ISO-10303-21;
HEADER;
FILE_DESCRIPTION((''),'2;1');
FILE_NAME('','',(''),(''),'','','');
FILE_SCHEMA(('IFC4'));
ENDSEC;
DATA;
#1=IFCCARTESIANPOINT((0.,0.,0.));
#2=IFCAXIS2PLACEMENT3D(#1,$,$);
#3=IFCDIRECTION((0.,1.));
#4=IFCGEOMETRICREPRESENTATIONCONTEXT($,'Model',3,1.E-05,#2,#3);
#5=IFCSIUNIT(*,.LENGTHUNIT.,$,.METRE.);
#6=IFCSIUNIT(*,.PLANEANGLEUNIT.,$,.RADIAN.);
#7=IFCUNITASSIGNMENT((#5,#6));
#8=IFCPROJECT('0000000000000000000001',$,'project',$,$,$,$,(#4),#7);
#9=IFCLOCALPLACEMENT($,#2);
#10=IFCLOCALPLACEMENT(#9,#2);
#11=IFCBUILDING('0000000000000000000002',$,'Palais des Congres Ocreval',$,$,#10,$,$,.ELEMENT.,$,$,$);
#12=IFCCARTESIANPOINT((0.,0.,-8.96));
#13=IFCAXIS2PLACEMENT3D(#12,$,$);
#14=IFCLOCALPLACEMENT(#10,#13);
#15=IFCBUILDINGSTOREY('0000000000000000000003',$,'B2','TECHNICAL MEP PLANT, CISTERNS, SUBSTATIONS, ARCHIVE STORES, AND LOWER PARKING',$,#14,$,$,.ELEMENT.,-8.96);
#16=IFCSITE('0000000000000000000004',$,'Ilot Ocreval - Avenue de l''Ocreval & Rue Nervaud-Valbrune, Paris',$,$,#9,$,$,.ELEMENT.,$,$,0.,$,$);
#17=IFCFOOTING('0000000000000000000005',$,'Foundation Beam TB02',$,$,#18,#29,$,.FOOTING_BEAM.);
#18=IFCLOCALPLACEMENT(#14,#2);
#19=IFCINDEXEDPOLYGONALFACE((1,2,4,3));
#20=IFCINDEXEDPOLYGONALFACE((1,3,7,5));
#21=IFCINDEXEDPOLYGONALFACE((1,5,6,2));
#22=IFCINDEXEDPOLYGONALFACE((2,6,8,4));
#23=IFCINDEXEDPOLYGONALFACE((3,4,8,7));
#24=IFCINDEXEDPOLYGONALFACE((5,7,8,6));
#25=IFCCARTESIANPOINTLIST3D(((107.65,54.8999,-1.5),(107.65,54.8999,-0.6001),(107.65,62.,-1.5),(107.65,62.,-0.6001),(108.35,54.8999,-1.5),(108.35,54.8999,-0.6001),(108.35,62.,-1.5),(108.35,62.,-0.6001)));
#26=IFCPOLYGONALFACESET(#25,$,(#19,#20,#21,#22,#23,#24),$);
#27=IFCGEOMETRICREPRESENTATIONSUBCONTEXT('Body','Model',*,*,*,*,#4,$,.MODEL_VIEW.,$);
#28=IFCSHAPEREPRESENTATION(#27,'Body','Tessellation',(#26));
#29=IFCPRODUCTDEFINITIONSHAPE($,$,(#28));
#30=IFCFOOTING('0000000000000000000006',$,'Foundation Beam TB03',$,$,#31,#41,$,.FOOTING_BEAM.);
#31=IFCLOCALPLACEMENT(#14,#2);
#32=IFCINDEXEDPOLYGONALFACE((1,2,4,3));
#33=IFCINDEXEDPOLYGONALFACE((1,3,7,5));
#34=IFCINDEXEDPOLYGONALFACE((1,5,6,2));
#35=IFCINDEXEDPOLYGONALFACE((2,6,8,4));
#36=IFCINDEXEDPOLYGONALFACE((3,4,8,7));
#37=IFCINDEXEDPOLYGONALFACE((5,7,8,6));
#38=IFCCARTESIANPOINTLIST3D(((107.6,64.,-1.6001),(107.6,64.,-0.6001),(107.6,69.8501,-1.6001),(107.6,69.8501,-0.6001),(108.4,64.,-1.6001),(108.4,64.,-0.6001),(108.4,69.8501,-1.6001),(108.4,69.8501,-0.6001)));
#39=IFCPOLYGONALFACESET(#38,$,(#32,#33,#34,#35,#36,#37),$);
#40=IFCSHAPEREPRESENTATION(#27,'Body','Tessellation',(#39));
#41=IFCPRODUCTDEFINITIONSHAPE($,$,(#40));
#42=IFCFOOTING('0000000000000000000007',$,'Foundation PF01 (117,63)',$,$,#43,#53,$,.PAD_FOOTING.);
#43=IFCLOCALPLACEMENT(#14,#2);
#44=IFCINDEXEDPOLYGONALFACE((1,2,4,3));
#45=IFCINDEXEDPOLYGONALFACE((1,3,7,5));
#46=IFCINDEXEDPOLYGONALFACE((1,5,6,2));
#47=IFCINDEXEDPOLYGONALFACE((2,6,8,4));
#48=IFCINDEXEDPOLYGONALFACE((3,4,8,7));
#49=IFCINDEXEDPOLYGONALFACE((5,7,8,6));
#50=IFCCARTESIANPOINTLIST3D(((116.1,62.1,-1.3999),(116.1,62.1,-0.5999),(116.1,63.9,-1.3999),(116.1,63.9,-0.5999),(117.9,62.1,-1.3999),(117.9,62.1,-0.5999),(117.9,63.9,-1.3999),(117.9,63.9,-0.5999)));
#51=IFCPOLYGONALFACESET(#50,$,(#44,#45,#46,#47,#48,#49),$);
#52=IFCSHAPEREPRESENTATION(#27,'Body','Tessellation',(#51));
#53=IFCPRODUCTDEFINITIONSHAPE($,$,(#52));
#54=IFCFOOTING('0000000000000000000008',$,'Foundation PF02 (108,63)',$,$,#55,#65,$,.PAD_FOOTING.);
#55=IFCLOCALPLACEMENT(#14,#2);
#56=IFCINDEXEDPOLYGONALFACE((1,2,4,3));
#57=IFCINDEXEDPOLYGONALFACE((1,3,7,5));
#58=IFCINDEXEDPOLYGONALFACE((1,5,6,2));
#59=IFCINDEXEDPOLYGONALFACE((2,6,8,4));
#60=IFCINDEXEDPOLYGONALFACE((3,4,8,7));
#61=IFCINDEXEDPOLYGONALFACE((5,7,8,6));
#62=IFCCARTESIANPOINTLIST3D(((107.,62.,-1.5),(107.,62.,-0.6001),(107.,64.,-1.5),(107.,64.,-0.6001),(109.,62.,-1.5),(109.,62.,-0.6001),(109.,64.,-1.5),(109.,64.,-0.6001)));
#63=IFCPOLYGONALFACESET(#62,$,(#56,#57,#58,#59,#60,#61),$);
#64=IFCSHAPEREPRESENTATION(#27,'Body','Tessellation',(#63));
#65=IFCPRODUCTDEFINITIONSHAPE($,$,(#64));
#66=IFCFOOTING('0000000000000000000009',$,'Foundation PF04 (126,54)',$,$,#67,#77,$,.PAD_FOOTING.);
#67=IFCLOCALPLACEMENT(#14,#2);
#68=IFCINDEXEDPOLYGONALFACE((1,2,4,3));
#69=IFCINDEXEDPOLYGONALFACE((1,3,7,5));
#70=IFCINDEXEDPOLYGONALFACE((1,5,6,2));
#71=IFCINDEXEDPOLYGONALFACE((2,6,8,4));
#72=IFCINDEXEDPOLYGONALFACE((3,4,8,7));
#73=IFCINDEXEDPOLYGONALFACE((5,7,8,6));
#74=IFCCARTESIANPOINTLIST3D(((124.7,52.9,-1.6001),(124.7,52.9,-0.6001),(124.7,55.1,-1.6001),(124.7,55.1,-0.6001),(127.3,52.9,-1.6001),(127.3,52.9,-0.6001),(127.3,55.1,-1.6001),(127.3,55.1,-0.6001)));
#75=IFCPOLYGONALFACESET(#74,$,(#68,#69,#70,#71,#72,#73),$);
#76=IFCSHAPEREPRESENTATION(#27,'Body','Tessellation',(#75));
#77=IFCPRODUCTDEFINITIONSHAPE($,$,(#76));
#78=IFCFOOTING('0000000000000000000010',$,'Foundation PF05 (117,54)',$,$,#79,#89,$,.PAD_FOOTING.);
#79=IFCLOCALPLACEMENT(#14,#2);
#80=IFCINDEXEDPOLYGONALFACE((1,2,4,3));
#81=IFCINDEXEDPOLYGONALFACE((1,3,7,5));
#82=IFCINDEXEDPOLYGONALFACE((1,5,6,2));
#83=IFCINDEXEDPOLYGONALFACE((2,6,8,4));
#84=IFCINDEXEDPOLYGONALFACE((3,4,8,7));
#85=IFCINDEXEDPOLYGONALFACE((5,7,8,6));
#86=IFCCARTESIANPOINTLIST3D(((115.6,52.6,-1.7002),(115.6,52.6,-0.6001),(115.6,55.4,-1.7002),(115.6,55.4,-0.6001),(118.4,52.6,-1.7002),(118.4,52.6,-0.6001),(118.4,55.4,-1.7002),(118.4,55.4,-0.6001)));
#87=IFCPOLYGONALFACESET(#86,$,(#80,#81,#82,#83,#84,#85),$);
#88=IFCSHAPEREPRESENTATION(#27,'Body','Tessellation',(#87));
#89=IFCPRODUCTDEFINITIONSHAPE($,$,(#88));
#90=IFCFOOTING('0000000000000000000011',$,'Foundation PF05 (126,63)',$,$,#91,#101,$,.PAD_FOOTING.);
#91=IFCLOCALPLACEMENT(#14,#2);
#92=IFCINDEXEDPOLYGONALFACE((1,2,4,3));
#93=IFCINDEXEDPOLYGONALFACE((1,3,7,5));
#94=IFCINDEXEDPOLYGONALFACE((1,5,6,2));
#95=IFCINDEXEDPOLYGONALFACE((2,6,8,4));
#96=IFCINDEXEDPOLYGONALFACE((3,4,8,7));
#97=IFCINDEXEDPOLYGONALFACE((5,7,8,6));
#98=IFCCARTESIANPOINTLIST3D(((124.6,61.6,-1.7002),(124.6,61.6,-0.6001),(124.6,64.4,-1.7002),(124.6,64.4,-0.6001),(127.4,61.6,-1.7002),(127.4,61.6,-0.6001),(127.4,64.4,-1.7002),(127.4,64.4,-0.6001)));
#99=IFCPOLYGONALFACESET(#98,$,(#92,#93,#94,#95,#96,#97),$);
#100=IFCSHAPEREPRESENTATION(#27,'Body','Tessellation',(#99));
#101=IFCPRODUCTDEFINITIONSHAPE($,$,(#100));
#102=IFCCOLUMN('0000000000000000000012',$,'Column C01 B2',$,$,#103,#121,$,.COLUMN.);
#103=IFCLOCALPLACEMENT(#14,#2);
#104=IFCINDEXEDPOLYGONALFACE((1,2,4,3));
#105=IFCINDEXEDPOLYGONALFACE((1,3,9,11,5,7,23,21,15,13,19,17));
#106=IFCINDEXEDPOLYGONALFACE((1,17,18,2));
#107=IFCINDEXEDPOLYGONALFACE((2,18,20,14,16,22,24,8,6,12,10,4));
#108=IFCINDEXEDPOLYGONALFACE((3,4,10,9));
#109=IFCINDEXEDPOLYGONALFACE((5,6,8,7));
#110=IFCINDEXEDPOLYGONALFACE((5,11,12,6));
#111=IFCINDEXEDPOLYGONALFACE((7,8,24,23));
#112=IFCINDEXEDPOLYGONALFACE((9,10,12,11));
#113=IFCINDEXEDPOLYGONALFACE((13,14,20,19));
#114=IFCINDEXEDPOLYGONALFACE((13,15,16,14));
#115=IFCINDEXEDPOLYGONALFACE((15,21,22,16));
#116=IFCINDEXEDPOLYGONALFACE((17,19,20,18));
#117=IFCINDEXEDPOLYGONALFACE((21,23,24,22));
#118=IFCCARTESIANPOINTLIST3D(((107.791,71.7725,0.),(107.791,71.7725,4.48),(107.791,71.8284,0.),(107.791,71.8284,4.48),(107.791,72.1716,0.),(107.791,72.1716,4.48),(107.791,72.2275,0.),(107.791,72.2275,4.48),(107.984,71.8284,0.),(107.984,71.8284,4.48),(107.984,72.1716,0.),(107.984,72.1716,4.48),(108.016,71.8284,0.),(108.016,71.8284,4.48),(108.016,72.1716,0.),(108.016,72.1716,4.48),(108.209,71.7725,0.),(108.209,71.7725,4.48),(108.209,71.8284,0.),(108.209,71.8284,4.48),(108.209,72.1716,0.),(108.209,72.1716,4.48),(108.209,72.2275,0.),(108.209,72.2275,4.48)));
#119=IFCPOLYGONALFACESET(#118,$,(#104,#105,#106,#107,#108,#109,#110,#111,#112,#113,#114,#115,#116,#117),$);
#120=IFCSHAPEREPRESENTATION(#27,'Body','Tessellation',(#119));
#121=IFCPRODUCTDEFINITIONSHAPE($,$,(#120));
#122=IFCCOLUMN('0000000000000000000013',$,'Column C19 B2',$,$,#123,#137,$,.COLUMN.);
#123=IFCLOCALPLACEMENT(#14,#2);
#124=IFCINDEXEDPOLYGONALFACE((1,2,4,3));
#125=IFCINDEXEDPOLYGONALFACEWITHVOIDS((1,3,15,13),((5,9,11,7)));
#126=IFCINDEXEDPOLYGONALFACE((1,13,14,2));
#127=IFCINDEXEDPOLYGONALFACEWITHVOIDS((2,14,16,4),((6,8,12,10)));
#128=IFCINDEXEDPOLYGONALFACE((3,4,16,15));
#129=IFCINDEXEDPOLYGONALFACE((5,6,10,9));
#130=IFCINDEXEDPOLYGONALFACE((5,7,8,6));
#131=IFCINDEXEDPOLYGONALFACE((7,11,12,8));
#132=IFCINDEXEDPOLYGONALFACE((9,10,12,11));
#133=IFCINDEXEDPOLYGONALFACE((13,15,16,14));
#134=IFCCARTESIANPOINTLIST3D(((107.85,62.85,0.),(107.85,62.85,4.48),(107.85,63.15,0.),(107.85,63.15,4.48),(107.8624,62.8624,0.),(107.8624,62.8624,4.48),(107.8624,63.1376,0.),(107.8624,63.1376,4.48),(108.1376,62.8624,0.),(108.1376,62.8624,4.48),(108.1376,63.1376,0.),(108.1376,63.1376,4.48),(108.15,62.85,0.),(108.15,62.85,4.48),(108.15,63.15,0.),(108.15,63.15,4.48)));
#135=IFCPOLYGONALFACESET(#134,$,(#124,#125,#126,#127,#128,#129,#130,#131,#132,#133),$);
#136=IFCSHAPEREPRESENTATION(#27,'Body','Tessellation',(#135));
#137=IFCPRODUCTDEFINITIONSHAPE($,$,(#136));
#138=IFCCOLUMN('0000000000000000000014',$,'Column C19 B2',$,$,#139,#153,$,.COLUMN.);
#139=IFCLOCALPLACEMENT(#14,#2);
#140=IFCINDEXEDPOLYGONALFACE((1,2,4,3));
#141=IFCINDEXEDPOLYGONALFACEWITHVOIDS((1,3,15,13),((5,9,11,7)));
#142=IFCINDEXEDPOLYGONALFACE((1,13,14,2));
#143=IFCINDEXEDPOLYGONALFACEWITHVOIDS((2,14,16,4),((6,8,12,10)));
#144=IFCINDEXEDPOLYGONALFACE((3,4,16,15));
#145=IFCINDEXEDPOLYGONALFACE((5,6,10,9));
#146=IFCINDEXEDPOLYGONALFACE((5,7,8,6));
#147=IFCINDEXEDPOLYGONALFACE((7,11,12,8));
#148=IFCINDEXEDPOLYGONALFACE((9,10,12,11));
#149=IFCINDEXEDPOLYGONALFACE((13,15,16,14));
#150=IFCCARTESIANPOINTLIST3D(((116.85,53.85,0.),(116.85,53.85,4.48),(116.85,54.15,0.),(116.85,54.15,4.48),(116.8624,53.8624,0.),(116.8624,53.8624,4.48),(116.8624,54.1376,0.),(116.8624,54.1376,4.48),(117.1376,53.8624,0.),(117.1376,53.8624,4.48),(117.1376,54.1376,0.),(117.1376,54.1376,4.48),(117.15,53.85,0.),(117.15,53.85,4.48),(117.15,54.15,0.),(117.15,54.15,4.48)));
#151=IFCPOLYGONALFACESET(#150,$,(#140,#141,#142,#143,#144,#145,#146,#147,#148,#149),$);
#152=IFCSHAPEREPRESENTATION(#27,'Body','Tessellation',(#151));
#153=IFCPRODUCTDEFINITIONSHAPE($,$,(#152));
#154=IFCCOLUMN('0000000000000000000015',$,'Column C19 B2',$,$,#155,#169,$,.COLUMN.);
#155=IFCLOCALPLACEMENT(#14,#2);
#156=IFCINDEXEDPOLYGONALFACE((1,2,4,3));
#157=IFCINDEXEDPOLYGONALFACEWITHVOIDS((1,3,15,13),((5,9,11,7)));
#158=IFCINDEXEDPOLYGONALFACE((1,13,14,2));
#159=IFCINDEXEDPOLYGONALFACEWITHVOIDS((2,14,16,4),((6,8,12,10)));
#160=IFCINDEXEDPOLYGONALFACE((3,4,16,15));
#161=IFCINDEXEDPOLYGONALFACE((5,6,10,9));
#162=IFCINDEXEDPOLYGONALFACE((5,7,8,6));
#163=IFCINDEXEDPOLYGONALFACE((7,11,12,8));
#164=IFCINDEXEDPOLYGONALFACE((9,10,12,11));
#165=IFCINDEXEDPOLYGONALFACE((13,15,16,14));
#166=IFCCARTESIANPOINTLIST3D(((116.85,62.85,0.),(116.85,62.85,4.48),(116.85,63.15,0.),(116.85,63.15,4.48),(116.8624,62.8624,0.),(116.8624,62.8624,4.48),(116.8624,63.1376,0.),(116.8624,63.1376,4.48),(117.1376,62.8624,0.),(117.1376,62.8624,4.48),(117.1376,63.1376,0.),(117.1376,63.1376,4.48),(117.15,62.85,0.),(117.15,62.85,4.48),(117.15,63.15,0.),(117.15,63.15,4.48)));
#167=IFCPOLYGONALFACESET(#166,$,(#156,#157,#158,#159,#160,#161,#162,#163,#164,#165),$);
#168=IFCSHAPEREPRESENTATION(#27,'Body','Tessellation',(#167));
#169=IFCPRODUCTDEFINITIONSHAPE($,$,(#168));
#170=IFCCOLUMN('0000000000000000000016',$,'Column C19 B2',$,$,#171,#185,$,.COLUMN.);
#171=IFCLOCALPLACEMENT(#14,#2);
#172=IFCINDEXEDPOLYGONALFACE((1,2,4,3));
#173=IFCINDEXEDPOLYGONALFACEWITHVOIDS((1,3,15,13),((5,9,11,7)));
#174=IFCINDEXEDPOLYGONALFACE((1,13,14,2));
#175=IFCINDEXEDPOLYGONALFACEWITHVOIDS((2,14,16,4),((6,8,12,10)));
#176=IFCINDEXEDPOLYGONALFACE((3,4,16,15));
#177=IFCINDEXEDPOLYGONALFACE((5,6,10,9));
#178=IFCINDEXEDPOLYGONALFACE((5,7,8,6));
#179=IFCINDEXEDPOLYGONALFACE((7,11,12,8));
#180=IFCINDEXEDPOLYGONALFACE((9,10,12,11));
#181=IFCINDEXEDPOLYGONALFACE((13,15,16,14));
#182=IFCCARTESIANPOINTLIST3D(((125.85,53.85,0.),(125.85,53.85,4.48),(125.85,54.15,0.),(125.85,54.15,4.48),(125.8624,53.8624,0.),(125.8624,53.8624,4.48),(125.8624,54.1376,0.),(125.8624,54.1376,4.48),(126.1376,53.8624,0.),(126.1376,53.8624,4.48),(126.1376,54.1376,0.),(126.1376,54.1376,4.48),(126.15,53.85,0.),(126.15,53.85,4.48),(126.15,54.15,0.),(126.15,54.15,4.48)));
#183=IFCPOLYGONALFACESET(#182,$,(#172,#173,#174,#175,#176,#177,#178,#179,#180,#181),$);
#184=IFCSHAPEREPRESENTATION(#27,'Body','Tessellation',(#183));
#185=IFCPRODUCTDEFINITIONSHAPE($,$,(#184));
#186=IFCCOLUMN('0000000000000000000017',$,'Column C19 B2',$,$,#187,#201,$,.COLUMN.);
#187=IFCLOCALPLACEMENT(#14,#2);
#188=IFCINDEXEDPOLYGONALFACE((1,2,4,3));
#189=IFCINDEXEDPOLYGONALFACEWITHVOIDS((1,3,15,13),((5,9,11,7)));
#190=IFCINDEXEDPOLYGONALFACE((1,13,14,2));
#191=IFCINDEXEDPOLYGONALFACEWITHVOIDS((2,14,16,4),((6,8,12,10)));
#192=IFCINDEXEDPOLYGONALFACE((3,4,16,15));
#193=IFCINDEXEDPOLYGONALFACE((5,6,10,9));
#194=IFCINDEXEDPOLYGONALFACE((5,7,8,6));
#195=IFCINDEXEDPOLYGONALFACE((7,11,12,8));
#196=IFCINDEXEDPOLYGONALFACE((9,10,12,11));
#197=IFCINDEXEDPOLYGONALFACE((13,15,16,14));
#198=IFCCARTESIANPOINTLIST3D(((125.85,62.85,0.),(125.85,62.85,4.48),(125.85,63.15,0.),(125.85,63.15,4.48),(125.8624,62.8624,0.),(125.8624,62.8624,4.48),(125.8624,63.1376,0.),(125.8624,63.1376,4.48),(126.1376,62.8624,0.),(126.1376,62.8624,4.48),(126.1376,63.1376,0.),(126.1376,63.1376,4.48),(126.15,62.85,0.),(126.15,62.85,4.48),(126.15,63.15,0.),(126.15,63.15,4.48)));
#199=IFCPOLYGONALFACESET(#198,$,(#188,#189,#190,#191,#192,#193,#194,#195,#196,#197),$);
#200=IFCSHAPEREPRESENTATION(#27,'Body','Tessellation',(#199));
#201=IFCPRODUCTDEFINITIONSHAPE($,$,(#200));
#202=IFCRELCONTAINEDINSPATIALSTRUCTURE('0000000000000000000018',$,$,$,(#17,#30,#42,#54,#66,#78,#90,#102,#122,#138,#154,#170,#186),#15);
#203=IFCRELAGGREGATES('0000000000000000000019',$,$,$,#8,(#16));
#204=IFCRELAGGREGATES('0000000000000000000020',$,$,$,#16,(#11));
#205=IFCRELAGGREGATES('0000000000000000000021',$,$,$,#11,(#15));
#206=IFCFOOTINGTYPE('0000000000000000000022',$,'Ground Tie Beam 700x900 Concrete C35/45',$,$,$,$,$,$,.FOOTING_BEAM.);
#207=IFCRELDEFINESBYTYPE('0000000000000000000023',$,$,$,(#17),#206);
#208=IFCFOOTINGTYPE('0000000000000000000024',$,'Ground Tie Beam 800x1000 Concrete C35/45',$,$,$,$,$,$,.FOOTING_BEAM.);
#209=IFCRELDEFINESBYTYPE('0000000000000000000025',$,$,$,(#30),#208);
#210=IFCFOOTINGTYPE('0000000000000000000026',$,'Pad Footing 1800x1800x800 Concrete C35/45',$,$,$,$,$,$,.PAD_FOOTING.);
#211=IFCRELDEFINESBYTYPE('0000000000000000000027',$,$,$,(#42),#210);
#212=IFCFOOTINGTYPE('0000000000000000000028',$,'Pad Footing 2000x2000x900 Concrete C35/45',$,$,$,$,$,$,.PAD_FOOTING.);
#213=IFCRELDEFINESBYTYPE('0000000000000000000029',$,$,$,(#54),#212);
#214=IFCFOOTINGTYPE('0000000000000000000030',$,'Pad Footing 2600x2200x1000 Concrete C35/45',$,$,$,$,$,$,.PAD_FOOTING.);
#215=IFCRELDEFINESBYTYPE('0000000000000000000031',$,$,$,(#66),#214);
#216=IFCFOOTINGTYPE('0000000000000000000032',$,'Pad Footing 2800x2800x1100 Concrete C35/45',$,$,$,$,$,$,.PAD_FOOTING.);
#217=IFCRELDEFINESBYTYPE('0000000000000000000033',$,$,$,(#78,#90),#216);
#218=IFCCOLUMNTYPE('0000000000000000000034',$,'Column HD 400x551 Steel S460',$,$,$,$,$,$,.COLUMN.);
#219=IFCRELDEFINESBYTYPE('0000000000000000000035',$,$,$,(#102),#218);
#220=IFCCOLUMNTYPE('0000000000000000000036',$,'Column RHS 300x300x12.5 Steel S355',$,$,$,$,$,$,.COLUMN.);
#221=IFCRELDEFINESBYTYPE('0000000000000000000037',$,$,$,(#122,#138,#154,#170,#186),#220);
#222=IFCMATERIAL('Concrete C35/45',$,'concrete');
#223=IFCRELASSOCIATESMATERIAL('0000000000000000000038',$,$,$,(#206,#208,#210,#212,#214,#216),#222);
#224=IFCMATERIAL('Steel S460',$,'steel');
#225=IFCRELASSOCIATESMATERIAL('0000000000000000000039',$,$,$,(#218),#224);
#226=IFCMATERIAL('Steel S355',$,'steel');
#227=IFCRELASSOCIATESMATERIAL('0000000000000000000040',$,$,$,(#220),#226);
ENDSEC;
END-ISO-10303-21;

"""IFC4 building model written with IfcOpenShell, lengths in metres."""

from ifc_helpers import new_model, si_unit, direction, frame, origin, origin_2d, place, context, subcontext, project, spatial, rectangle, hollow_rectangle, i_section, extrude, material, material_profile, profile_set, type_object, element, save


model = new_model("IFC4")

# Units and contexts
model_context = context("Model", 3, precision=1e-05, world=origin(), true_north=direction((0.0, 1.0)))
body_context = subcontext(model_context, "Body", "Model", "MODEL_VIEW")
ifc_project = project(units=[si_unit("LENGTHUNIT", "METRE"), si_unit("PLANEANGLEUNIT", "RADIAN")], contexts=[model_context])

# Site, building, storey
site_placement = place(None, origin())
site = spatial("IfcSite", under=ifc_project, at=site_placement, Name="Ilot Ocreval - Avenue de l'Ocreval & Rue Nervaud-Valbrune, Paris", CompositionType="ELEMENT", RefElevation=0.0)
building_placement = place(site_placement, origin())
building = spatial("IfcBuilding", under=site, at=building_placement, Name="Palais des Congres Ocreval", CompositionType="ELEMENT")
storey_placement = place(building_placement, frame((0.0, 0.0, -8.96)))
storey = spatial("IfcBuildingStorey", under=building, at=storey_placement, Name="B2", Description="TECHNICAL MEP PLANT, CISTERNS, SUBSTATIONS, ARCHIVE STORES, AND LOWER PARKING", CompositionType="ELEMENT", Elevation=-8.96)

# Footings
ifc_material_1 = material(Name="Concrete C35/45", Category="concrete")
footing_type_1 = type_object("IfcFootingType", Name="Ground Tie Beam 700x900 Concrete C35/45", PredefinedType="FOOTING_BEAM", material=ifc_material_1)
footing_1_placement = place(storey_placement, frame((108.0, 58.45, -1.5), z_axis=(0.0, 0.0, 1.0), x_axis=(0.0, 1.0, 0.0)))
element("IfcFooting", 1, at=footing_1_placement, inside=storey, type_object=footing_type_1, Name="Foundation Beam TB02", PredefinedType="FOOTING_BEAM", context=body_context, shape_type="SweptSolid", body=[
    extrude(rectangle(XDim=7.1001, YDim=0.7, at=origin_2d()), origin(), (0.0, 0.0, 1.0), 0.8999),
])
footing_type_2 = type_object("IfcFootingType", Name="Ground Tie Beam 800x1000 Concrete C35/45", PredefinedType="FOOTING_BEAM", material=ifc_material_1)
footing_2_placement = place(storey_placement, frame((108.0, 66.925, -1.6001), z_axis=(0.0, 0.0, 1.0), x_axis=(0.0, 1.0, 0.0)))
element("IfcFooting", 2, at=footing_2_placement, inside=storey, type_object=footing_type_2, Name="Foundation Beam TB03", PredefinedType="FOOTING_BEAM", context=body_context, shape_type="SweptSolid", body=[
    extrude(rectangle(XDim=5.8501, YDim=0.8, at=origin_2d()), origin(), (0.0, 0.0, 1.0), 1.0),
])
footing_type_3 = type_object("IfcFootingType", Name="Pad Footing 1800x1800x800 Concrete C35/45", PredefinedType="PAD_FOOTING", material=ifc_material_1)
footing_3_placement = place(storey_placement, frame((117.0, 63.0, -1.3999), z_axis=(0.0, 0.0, 1.0), x_axis=(1.0, 0.0, 0.0)))
element("IfcFooting", 3, at=footing_3_placement, inside=storey, type_object=footing_type_3, Name="Foundation PF01 (117,63)", PredefinedType="PAD_FOOTING", context=body_context, shape_type="SweptSolid", body=[
    extrude(rectangle(XDim=1.8, YDim=1.8, at=origin_2d()), origin(), (0.0, 0.0, 1.0), 0.8),
])
footing_type_4 = type_object("IfcFootingType", Name="Pad Footing 2000x2000x900 Concrete C35/45", PredefinedType="PAD_FOOTING", material=ifc_material_1)
footing_4_placement = place(storey_placement, frame((108.0, 63.0, -1.5), z_axis=(0.0, 0.0, 1.0), x_axis=(1.0, 0.0, 0.0)))
element("IfcFooting", 4, at=footing_4_placement, inside=storey, type_object=footing_type_4, Name="Foundation PF02 (108,63)", PredefinedType="PAD_FOOTING", context=body_context, shape_type="SweptSolid", body=[
    extrude(rectangle(XDim=2.0, YDim=2.0, at=origin_2d()), origin(), (0.0, 0.0, 1.0), 0.8999),
])
footing_type_5 = type_object("IfcFootingType", Name="Pad Footing 2600x2200x1000 Concrete C35/45", PredefinedType="PAD_FOOTING", material=ifc_material_1)
footing_5_placement = place(storey_placement, frame((126.0, 54.0, -1.6001), z_axis=(0.0, 0.0, 1.0), x_axis=(1.0, 0.0, 0.0)))
element("IfcFooting", 5, at=footing_5_placement, inside=storey, type_object=footing_type_5, Name="Foundation PF04 (126,54)", PredefinedType="PAD_FOOTING", context=body_context, shape_type="SweptSolid", body=[
    extrude(rectangle(XDim=2.6001, YDim=2.2, at=origin_2d()), origin(), (0.0, 0.0, 1.0), 1.0),
])
footing_type_6 = type_object("IfcFootingType", Name="Pad Footing 2800x2800x1100 Concrete C35/45", PredefinedType="PAD_FOOTING", material=ifc_material_1)
for number, where, z_axis, x_axis, name in (
    (6, (117.0, 54.0, -1.7002), (0.0, 0.0, 1.0), (1.0, 0.0, 0.0), "Foundation PF05 (117,54)"),
    (7, (126.0, 63.0, -1.7002), (0.0, 0.0, 1.0), (1.0, 0.0, 0.0), "Foundation PF05 (126,63)"),
):
    element("IfcFooting", number, at=place(storey_placement, frame(where, z_axis=z_axis, x_axis=x_axis)), inside=storey, type_object=footing_type_6, Name=name, PredefinedType="PAD_FOOTING", context=body_context, shape_type="SweptSolid", body=[
        extrude(rectangle(XDim=2.8, YDim=2.8, at=origin_2d()), origin(), (0.0, 0.0, 1.0), 1.1001),
    ])

# Columns
ifc_material_2 = material(Name="Steel S460", Category="steel")
ifc_material_profile_1 = material_profile(ifc_material_2, i_section(OverallWidth=0.418, OverallDepth=0.4551, WebThickness=0.032, FlangeThickness=0.0559, at=origin_2d()), Name="HD 400x551")
ifc_profile_set_1 = profile_set([ifc_material_profile_1], Name="Steel S460")
column_type_1 = type_object("IfcColumnType", Name="Column HD 400x551 Steel S460", PredefinedType="COLUMN", material=ifc_profile_set_1)
column_placement = place(storey_placement, frame((108.0, 72.0, 0.0), z_axis=(0.0, 0.0, 1.0), x_axis=(1.0, 0.0, 0.0)))
element("IfcColumn", 8, at=column_placement, inside=storey, type_object=column_type_1, Name="Column C01 B2", PredefinedType="COLUMN", context=body_context, shape_type="SweptSolid", body=[
    extrude(i_section(OverallWidth=0.418, OverallDepth=0.4551, WebThickness=0.032, FlangeThickness=0.0559, at=origin_2d()), origin(), (0.0, 0.0, 1.0), 4.48),
])
ifc_material_3 = material(Name="Steel S355", Category="steel")
ifc_material_profile_2 = material_profile(ifc_material_3, hollow_rectangle(XDim=0.3, YDim=0.3, WallThickness=0.0125, at=origin_2d()), Name="RHS 300x300x12.5")
ifc_profile_set_2 = profile_set([ifc_material_profile_2], Name="Steel S355")
column_type_2 = type_object("IfcColumnType", Name="Column RHS 300x300x12.5 Steel S355", PredefinedType="COLUMN", material=ifc_profile_set_2)
for number, where, z_axis, x_axis, name in (
    (9, (108.0, 63.0, 0.0), (0.0, 0.0, 1.0), (1.0, 0.0, 0.0), "Column C19 B2"),
    (10, (117.0, 54.0, 0.0), (0.0, 0.0, 1.0), (1.0, 0.0, 0.0), "Column C19 B2"),
    (11, (117.0, 63.0, 0.0), (0.0, 0.0, 1.0), (1.0, 0.0, 0.0), "Column C19 B2"),
    (12, (126.0, 54.0, 0.0), (0.0, 0.0, 1.0), (1.0, 0.0, 0.0), "Column C19 B2"),
    (13, (126.0, 63.0, 0.0), (0.0, 0.0, 1.0), (1.0, 0.0, 0.0), "Column C19 B2"),
):
    element("IfcColumn", number, at=place(storey_placement, frame(where, z_axis=z_axis, x_axis=x_axis)), inside=storey, type_object=column_type_2, Name=name, PredefinedType="COLUMN", context=body_context, shape_type="SweptSolid", body=[
        extrude(hollow_rectangle(XDim=0.3, YDim=0.3, WallThickness=0.0125, at=origin_2d()), origin(), (0.0, 0.0, 1.0), 4.48),
    ])

save(model, "model.ifc")
